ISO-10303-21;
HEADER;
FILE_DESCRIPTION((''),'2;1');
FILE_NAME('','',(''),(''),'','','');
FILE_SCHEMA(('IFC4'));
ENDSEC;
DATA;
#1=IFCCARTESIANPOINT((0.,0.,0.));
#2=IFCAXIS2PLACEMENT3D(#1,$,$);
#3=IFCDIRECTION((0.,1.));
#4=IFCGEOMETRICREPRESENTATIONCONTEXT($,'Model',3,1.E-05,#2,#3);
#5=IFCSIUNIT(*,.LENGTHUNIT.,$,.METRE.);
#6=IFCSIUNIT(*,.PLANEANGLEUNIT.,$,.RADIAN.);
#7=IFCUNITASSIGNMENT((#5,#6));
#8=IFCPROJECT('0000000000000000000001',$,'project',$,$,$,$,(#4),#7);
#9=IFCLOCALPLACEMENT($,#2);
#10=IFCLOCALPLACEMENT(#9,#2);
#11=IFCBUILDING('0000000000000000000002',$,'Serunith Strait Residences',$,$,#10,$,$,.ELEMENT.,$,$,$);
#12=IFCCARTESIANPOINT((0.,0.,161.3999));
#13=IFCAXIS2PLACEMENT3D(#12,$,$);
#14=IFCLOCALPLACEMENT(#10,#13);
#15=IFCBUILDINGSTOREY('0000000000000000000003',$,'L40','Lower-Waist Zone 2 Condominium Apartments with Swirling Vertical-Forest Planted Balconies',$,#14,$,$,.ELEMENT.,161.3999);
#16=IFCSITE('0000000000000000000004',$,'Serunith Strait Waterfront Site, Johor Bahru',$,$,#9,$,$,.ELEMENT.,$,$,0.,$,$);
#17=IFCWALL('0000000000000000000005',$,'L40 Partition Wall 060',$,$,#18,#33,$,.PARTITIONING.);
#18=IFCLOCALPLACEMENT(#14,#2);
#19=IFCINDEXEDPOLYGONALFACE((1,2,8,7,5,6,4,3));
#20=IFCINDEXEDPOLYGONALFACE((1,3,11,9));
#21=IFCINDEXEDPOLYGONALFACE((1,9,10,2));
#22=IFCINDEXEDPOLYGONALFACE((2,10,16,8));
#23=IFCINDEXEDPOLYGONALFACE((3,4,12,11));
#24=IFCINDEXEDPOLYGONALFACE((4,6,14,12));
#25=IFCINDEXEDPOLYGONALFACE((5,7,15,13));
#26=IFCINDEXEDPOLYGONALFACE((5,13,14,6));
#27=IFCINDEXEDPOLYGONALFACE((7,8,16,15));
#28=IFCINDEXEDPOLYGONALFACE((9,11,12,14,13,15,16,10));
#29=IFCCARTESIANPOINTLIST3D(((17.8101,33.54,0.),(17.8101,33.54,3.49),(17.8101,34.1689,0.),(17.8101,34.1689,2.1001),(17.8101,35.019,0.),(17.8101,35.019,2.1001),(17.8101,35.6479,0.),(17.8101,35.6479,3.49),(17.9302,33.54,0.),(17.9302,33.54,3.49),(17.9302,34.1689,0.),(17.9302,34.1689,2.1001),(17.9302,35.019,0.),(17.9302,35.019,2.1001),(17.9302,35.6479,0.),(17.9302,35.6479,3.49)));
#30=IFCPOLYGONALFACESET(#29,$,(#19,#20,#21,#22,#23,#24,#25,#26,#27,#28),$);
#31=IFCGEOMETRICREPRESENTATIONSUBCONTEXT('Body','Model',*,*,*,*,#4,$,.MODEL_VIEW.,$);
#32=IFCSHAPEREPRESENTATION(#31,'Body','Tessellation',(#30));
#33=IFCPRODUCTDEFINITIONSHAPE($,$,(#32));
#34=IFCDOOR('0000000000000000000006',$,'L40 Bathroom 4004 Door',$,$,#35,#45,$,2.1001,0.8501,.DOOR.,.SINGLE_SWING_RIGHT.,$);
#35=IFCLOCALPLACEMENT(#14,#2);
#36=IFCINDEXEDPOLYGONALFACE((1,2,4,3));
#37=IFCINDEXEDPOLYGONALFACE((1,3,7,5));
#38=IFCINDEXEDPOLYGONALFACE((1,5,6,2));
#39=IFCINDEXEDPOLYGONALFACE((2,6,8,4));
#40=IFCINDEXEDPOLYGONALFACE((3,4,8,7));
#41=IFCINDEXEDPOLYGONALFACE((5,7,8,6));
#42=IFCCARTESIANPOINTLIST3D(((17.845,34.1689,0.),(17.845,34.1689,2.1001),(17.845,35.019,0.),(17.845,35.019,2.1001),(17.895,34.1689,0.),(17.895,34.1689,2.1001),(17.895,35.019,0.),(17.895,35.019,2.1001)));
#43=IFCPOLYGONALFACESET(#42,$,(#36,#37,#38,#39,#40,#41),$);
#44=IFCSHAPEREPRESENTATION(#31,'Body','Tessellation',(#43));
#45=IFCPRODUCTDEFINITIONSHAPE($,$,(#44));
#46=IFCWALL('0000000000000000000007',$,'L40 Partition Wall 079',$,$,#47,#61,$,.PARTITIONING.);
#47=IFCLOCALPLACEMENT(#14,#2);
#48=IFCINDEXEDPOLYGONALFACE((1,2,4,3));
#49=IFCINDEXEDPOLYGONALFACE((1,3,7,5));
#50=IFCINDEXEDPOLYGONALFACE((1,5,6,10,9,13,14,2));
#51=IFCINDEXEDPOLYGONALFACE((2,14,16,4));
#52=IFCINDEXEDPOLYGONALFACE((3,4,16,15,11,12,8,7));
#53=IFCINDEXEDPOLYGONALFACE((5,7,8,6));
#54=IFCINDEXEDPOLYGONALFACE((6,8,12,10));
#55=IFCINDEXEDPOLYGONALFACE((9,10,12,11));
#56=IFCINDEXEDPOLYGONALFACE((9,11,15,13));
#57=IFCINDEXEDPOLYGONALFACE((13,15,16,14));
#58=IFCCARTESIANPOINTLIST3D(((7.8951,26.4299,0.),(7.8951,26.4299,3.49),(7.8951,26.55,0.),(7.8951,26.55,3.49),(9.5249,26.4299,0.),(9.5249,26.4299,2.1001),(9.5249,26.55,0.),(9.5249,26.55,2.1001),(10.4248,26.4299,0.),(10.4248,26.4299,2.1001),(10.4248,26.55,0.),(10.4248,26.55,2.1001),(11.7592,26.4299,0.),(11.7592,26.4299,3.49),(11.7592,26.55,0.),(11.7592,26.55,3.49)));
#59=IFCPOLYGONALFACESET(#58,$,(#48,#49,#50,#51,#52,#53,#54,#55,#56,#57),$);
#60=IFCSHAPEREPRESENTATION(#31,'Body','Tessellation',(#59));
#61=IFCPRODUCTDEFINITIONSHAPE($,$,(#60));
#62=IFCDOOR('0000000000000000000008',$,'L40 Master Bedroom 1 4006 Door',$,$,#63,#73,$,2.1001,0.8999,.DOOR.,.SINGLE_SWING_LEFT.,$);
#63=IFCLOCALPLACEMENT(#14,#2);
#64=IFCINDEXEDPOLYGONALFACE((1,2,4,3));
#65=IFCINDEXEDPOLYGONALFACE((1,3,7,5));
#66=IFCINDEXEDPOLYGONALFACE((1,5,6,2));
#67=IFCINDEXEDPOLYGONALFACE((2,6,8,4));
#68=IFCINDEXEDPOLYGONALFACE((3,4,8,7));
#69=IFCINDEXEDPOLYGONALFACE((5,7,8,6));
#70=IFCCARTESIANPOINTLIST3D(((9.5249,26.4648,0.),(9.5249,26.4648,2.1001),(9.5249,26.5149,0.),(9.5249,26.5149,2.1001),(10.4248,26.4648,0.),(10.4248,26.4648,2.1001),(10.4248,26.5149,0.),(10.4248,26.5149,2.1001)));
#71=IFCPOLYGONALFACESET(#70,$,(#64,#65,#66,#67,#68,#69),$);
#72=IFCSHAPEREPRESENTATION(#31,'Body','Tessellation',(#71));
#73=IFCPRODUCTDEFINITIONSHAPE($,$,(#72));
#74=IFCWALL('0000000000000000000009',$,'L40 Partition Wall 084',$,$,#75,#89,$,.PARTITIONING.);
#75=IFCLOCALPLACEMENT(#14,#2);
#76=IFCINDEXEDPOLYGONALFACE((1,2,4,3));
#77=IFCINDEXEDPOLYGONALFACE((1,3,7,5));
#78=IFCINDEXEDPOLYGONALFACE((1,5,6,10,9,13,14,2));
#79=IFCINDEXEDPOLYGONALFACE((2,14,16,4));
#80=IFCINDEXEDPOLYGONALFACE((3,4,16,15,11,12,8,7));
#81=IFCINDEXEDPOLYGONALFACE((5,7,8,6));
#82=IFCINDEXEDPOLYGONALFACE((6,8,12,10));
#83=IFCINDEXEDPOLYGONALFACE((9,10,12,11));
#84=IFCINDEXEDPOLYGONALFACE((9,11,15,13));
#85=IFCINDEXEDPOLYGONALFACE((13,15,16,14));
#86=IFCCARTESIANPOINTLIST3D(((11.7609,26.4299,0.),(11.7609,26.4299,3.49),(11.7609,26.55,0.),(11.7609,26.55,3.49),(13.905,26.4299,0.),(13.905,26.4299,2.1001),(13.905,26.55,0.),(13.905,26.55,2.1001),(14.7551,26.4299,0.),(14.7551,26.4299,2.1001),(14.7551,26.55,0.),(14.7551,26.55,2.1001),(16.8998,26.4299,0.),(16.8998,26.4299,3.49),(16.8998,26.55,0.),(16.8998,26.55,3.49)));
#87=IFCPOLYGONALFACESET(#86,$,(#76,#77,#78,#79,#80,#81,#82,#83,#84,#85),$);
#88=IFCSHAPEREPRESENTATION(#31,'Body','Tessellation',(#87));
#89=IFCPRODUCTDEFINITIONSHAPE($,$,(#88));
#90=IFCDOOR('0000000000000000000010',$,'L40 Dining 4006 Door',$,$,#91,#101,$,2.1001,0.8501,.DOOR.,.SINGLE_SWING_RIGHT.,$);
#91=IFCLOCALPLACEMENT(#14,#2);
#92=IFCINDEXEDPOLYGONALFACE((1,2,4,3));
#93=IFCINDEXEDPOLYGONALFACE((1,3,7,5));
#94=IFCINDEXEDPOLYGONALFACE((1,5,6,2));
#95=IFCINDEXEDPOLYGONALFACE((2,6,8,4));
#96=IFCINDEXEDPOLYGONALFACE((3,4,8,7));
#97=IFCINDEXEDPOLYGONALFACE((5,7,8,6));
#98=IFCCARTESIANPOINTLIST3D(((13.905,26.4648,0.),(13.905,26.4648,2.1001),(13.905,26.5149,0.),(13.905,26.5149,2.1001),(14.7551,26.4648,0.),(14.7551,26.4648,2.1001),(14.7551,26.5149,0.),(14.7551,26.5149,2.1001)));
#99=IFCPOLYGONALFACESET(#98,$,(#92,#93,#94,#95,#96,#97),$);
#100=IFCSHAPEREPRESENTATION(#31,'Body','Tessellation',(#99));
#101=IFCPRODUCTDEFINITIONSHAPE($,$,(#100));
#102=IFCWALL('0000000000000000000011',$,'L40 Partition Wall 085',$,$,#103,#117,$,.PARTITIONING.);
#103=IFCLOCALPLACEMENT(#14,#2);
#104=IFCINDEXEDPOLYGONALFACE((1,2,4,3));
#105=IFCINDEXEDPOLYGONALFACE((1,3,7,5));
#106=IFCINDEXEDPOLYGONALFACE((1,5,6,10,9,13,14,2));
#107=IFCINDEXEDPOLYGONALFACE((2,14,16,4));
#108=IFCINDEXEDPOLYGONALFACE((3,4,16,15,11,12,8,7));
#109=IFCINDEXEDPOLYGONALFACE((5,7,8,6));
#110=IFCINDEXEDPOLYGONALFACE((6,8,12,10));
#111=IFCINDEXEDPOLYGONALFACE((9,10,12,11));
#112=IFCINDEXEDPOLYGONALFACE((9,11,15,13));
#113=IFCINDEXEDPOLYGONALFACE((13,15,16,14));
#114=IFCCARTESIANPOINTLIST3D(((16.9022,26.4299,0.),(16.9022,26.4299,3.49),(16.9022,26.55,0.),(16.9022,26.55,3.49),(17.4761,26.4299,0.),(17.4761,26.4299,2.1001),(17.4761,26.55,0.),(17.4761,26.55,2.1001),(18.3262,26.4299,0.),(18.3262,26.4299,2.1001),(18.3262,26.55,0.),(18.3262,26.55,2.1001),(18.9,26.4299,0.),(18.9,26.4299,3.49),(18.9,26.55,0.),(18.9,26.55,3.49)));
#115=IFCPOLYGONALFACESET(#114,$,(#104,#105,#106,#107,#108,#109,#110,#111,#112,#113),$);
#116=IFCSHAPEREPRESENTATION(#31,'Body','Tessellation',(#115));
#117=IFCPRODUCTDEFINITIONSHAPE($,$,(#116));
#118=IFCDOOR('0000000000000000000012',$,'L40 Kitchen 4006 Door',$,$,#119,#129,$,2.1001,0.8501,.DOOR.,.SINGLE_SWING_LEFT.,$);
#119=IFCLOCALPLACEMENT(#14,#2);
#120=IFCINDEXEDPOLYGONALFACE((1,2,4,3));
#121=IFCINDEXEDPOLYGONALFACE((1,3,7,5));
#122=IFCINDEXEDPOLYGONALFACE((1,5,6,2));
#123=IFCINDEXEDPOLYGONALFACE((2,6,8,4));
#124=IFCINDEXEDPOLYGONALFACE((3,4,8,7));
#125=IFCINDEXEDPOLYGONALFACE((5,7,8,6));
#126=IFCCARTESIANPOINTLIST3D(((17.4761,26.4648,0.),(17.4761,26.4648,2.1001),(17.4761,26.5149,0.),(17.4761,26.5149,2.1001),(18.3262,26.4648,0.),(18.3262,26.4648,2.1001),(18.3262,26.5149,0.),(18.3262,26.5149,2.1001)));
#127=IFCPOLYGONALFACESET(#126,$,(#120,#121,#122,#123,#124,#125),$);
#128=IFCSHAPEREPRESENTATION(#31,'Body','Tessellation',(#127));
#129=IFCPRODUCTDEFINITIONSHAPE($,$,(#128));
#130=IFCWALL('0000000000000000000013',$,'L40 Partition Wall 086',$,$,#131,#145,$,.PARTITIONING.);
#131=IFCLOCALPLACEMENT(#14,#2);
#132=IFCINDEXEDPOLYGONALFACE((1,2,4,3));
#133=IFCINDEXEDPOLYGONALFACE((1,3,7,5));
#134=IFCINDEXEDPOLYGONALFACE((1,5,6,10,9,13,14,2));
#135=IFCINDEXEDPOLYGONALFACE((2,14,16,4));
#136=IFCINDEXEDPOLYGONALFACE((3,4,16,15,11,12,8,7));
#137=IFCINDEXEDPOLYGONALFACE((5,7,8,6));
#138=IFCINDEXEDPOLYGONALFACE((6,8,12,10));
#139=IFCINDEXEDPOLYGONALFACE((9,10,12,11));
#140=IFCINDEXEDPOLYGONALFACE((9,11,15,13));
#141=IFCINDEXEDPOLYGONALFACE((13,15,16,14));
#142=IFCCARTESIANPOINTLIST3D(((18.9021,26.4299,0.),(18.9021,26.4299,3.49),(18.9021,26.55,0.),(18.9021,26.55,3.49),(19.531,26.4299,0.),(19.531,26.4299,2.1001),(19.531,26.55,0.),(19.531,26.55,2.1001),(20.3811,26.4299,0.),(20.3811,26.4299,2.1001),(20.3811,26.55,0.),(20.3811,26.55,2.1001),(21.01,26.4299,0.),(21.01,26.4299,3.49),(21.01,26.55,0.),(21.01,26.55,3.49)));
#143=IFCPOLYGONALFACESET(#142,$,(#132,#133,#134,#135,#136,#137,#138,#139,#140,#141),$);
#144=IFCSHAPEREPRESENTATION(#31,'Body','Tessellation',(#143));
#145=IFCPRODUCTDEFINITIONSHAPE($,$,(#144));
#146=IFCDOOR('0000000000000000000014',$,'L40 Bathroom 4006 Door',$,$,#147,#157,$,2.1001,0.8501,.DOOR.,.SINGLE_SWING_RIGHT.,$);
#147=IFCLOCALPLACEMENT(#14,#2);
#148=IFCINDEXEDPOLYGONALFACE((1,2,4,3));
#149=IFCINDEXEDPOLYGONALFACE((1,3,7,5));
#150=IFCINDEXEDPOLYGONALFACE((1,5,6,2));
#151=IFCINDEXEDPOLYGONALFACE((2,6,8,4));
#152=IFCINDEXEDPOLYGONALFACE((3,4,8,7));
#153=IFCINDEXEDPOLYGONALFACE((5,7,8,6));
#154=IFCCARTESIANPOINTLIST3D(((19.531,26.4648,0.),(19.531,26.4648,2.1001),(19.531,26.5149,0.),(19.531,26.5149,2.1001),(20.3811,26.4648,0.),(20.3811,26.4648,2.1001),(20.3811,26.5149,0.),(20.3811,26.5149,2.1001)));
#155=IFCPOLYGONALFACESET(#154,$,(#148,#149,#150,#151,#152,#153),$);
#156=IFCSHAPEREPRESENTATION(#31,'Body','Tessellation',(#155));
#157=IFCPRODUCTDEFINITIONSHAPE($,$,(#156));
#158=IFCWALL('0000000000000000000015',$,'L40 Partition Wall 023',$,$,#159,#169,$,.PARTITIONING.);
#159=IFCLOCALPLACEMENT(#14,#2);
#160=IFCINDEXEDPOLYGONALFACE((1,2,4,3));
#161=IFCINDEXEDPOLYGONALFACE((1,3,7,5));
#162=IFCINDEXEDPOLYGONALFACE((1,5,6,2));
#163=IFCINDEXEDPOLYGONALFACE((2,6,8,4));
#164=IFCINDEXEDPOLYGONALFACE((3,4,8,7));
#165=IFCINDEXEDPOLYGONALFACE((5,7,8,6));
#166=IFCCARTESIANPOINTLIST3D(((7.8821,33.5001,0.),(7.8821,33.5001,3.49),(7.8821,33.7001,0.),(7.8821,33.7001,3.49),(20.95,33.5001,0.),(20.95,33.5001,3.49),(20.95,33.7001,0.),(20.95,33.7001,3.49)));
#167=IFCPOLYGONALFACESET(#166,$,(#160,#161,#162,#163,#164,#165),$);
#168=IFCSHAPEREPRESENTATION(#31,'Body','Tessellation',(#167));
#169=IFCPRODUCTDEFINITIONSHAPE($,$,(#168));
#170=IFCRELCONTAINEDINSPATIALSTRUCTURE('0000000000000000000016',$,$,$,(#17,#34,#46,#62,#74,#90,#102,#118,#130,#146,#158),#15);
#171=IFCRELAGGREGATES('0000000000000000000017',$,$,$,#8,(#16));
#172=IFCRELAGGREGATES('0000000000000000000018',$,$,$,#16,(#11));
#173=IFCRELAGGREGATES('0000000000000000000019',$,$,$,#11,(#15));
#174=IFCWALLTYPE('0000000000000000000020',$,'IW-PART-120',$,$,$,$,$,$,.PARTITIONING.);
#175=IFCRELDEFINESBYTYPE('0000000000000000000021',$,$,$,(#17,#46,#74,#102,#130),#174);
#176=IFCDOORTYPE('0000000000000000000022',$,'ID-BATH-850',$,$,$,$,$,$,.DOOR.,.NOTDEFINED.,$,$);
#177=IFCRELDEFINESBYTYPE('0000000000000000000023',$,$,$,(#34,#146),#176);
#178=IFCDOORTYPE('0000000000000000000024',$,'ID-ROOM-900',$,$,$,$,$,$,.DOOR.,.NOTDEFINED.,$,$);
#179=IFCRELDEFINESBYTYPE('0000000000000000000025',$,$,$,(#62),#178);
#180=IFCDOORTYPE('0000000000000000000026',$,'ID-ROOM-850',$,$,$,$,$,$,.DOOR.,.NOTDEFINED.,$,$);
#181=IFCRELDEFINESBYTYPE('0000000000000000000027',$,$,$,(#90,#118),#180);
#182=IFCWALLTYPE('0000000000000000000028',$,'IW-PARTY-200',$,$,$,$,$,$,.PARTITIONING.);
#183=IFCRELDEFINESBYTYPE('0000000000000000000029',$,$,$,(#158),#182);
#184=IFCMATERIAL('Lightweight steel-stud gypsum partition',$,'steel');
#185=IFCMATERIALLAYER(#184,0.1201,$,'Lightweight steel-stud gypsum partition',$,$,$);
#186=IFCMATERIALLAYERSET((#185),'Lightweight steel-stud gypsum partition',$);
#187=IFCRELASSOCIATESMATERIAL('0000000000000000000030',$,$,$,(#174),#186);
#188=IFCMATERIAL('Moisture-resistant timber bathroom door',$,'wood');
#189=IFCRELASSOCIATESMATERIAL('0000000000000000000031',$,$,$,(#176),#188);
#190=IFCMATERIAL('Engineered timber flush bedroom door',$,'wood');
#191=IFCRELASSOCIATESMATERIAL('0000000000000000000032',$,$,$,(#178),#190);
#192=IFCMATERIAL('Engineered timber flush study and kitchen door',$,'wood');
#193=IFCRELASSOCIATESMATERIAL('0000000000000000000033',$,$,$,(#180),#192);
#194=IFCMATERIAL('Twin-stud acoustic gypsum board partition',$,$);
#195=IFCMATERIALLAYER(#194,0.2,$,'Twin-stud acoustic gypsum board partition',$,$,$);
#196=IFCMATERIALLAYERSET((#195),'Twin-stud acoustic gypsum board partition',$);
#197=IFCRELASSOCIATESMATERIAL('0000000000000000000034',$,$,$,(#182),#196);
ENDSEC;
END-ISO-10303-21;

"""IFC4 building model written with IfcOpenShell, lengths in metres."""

from ifc_helpers import new_model, si_unit, direction, frame, frame_2d, origin, place, context, subcontext, project, spatial, rectangle, extrude, source, transform, mapped, material, layer, layer_set, type_object, element, fill, save


model = new_model("IFC4")

# Units and contexts
model_context = context("Model", 3, precision=1e-05, world=origin(), true_north=direction((0.0, 1.0)))
body_context = subcontext(model_context, "Body", "Model", "MODEL_VIEW")
ifc_project = project(units=[si_unit("LENGTHUNIT", "METRE"), si_unit("PLANEANGLEUNIT", "RADIAN")], contexts=[model_context])

# Site, building, storey
site_placement = place(None, origin())
site = spatial("IfcSite", under=ifc_project, at=site_placement, Name="Serunith Strait Waterfront Site, Johor Bahru", CompositionType="ELEMENT", RefElevation=0.0)
building_placement = place(site_placement, origin())
building = spatial("IfcBuilding", under=site, at=building_placement, Name="Serunith Strait Residences", CompositionType="ELEMENT")
storey_placement = place(building_placement, frame((0.0, 0.0, 161.3999)))
storey = spatial("IfcBuildingStorey", under=building, at=storey_placement, Name="L40", Description="Lower-Waist Zone 2 Condominium Apartments with Swirling Vertical-Forest Planted Balconies", CompositionType="ELEMENT", Elevation=161.3999)

# Walls, openings, doors
ifc_material_1 = material(Name="Lightweight steel-stud gypsum partition", Category="steel")
ifc_layer_1 = layer(ifc_material_1, 0.1201, Name="Lightweight steel-stud gypsum partition")
ifc_layer_set_1 = layer_set([ifc_layer_1], Name="Lightweight steel-stud gypsum partition")
wall_type_1 = type_object("IfcWallType", Name="IW-PART-120", PredefinedType="PARTITIONING", material=ifc_layer_set_1)
wall_1_placement = place(storey_placement, frame((17.8701, 35.6479, 0.0), z_axis=(0.0, 0.0, 1.0), x_axis=(0.0, -1.0, 0.0)))
wall_1 = element("IfcWall", 1, at=wall_1_placement, inside=storey, type_object=wall_type_1, Name="L40 Partition Wall 060", PredefinedType="PARTITIONING", context=body_context, shape_type="SweptSolid", body=[
    extrude(rectangle(XDim=2.1079, YDim=0.1201, at=frame_2d((1.054, 0.0))), origin(), (0.0, 0.0, 1.0), 3.49),
])
opening_1_placement = place(wall_1_placement, frame((0.6289, 0.0, 0.0)))
opening_1 = element("IfcOpeningElement", 2, at=opening_1_placement, cuts=wall_1, PredefinedType="OPENING", context=body_context, shape_type="SweptSolid", body=[
    extrude(rectangle(XDim=0.8501, YDim=2.1001, at=frame_2d((0.425, 1.05))), frame((0.0, 0.0701, 0.0), z_axis=(0.0, -1.0, 0.0), x_axis=(1.0, 0.0, 0.0)), (0.0, 0.0, 1.0), 0.1401),
])
ifc_material_2 = material(Name="Moisture-resistant timber bathroom door", Category="wood")
door_type_1 = type_object("IfcDoorType", Name="ID-BATH-850", OperationType="NOTDEFINED", PredefinedType="DOOR", material=ifc_material_2)
shared_shape_1 = source(origin(), body_context, "Body", "SweptSolid", [
    extrude(rectangle(XDim=0.8501, YDim=2.1001, at=frame_2d((0.425, 1.05))), frame((0.0, 0.0249, 0.0), z_axis=(0.0, -1.0, 0.0), x_axis=(1.0, 0.0, 0.0)), (0.0, 0.0, 1.0), 0.05),
])
door_1_placement = place(opening_1_placement, origin())
door_1 = element("IfcDoor", 3, at=door_1_placement, inside=storey, type_object=door_type_1, Name="L40 Bathroom 4004 Door", OperationType="SINGLE_SWING_RIGHT", OverallHeight=2.1001, OverallWidth=0.8501, PredefinedType="DOOR", context=body_context, shape_type="MappedRepresentation", body=[
    mapped(shared_shape_1, transform((0.0, 0.0, 0.0), scale=1.0)),
])
fill(opening_1, door_1)
wall_2_placement = place(storey_placement, frame((7.895, 26.49, 0.0), z_axis=(0.0, 0.0, 1.0), x_axis=(1.0, 0.0, 0.0)))
wall_2 = element("IfcWall", 4, at=wall_2_placement, inside=storey, type_object=wall_type_1, Name="L40 Partition Wall 079", PredefinedType="PARTITIONING", context=body_context, shape_type="SweptSolid", body=[
    extrude(rectangle(XDim=3.864, YDim=0.1201, at=frame_2d((1.9321, 0.0))), origin(), (0.0, 0.0, 1.0), 3.49),
])
opening_2_placement = place(wall_2_placement, frame((1.6299, 0.0, 0.0)))
opening_2 = element("IfcOpeningElement", 5, at=opening_2_placement, cuts=wall_2, PredefinedType="OPENING", context=body_context, shape_type="SweptSolid", body=[
    extrude(rectangle(XDim=0.8999, YDim=2.1001, at=frame_2d((0.45, 1.05))), frame((0.0, 0.0701, 0.0), z_axis=(0.0, -1.0, 0.0), x_axis=(1.0, 0.0, 0.0)), (0.0, 0.0, 1.0), 0.1401),
])
ifc_material_3 = material(Name="Engineered timber flush bedroom door", Category="wood")
door_type_2 = type_object("IfcDoorType", Name="ID-ROOM-900", OperationType="NOTDEFINED", PredefinedType="DOOR", material=ifc_material_3)
shared_shape_2 = source(origin(), body_context, "Body", "SweptSolid", [
    extrude(rectangle(XDim=0.8999, YDim=2.1001, at=frame_2d((0.45, 1.05))), frame((0.0, 0.0249, 0.0), z_axis=(0.0, -1.0, 0.0), x_axis=(1.0, 0.0, 0.0)), (0.0, 0.0, 1.0), 0.05),
])
door_2_placement = place(opening_2_placement, origin())
door_2 = element("IfcDoor", 6, at=door_2_placement, inside=storey, type_object=door_type_2, Name="L40 Master Bedroom 1 4006 Door", OperationType="SINGLE_SWING_LEFT", OverallHeight=2.1001, OverallWidth=0.8999, PredefinedType="DOOR", context=body_context, shape_type="MappedRepresentation", body=[
    mapped(shared_shape_2, transform((0.0, 0.0, 0.0), scale=1.0)),
])
fill(opening_2, door_2)
wall_3_placement = place(storey_placement, frame((11.761, 26.49, 0.0), z_axis=(0.0, 0.0, 1.0), x_axis=(1.0, 0.0, 0.0)))
wall_3 = element("IfcWall", 7, at=wall_3_placement, inside=storey, type_object=wall_type_1, Name="L40 Partition Wall 084", PredefinedType="PARTITIONING", context=body_context, shape_type="SweptSolid", body=[
    extrude(rectangle(XDim=5.1389, YDim=0.1201, at=frame_2d((2.5693, 0.0))), origin(), (0.0, 0.0, 1.0), 3.49),
])
opening_3_placement = place(wall_3_placement, frame((2.144, 0.0, 0.0)))
opening_3 = element("IfcOpeningElement", 8, at=opening_3_placement, cuts=wall_3, PredefinedType="OPENING", context=body_context, shape_type="SweptSolid", body=[
    extrude(rectangle(XDim=0.8501, YDim=2.1001, at=frame_2d((0.425, 1.05))), frame((0.0, 0.0701, 0.0), z_axis=(0.0, -1.0, 0.0), x_axis=(1.0, 0.0, 0.0)), (0.0, 0.0, 1.0), 0.1401),
])
ifc_material_4 = material(Name="Engineered timber flush study and kitchen door", Category="wood")
door_type_3 = type_object("IfcDoorType", Name="ID-ROOM-850", OperationType="NOTDEFINED", PredefinedType="DOOR", material=ifc_material_4)
door_3_placement = place(opening_3_placement, origin())
door_3 = element("IfcDoor", 9, at=door_3_placement, inside=storey, type_object=door_type_3, Name="L40 Dining 4006 Door", OperationType="SINGLE_SWING_RIGHT", OverallHeight=2.1001, OverallWidth=0.8501, PredefinedType="DOOR", context=body_context, shape_type="MappedRepresentation", body=[
    mapped(shared_shape_1, transform((0.0, 0.0, 0.0), scale=1.0)),
])
fill(opening_3, door_3)
wall_4_placement = place(storey_placement, frame((16.9021, 26.49, 0.0), z_axis=(0.0, 0.0, 1.0), x_axis=(1.0, 0.0, 0.0)))
wall_4 = element("IfcWall", 10, at=wall_4_placement, inside=storey, type_object=wall_type_1, Name="L40 Partition Wall 085", PredefinedType="PARTITIONING", context=body_context, shape_type="SweptSolid", body=[
    extrude(rectangle(XDim=1.9978, YDim=0.1201, at=frame_2d((0.999, 0.0))), origin(), (0.0, 0.0, 1.0), 3.49),
])
opening_4_placement = place(wall_4_placement, frame((0.574, 0.0, 0.0)))
opening_4 = element("IfcOpeningElement", 11, at=opening_4_placement, cuts=wall_4, PredefinedType="OPENING", context=body_context, shape_type="SweptSolid", body=[
    extrude(rectangle(XDim=0.8501, YDim=2.1001, at=frame_2d((0.425, 1.05))), frame((0.0, 0.0701, 0.0), z_axis=(0.0, -1.0, 0.0), x_axis=(1.0, 0.0, 0.0)), (0.0, 0.0, 1.0), 0.1401),
])
door_4_placement = place(opening_4_placement, origin())
door_4 = element("IfcDoor", 12, at=door_4_placement, inside=storey, type_object=door_type_3, Name="L40 Kitchen 4006 Door", OperationType="SINGLE_SWING_LEFT", OverallHeight=2.1001, OverallWidth=0.8501, PredefinedType="DOOR", context=body_context, shape_type="MappedRepresentation", body=[
    mapped(shared_shape_1, transform((0.0, 0.0, 0.0), scale=1.0)),
])
fill(opening_4, door_4)
wall_5_placement = place(storey_placement, frame((18.9021, 26.49, 0.0), z_axis=(0.0, 0.0, 1.0), x_axis=(1.0, 0.0, 0.0)))
wall_5 = element("IfcWall", 13, at=wall_5_placement, inside=storey, type_object=wall_type_1, Name="L40 Partition Wall 086", PredefinedType="PARTITIONING", context=body_context, shape_type="SweptSolid", body=[
    extrude(rectangle(XDim=2.1079, YDim=0.1201, at=frame_2d((1.054, 0.0))), origin(), (0.0, 0.0, 1.0), 3.49),
])
opening_5_placement = place(wall_5_placement, frame((0.6289, 0.0, 0.0)))
opening_5 = element("IfcOpeningElement", 14, at=opening_5_placement, cuts=wall_5, PredefinedType="OPENING", context=body_context, shape_type="SweptSolid", body=[
    extrude(rectangle(XDim=0.8501, YDim=2.1001, at=frame_2d((0.425, 1.05))), frame((0.0, 0.0701, 0.0), z_axis=(0.0, -1.0, 0.0), x_axis=(1.0, 0.0, 0.0)), (0.0, 0.0, 1.0), 0.1401),
])
door_5_placement = place(opening_5_placement, origin())
door_5 = element("IfcDoor", 15, at=door_5_placement, inside=storey, type_object=door_type_1, Name="L40 Bathroom 4006 Door", OperationType="SINGLE_SWING_RIGHT", OverallHeight=2.1001, OverallWidth=0.8501, PredefinedType="DOOR", context=body_context, shape_type="MappedRepresentation", body=[
    mapped(shared_shape_1, transform((0.0, 0.0, 0.0), scale=1.0)),
])
fill(opening_5, door_5)

# Wall
ifc_material_5 = material(Name="Twin-stud acoustic gypsum board partition")
ifc_layer_2 = layer(ifc_material_5, 0.2, Name="Twin-stud acoustic gypsum board partition")
ifc_layer_set_2 = layer_set([ifc_layer_2], Name="Twin-stud acoustic gypsum board partition")
wall_type_2 = type_object("IfcWallType", Name="IW-PARTY-200", PredefinedType="PARTITIONING", material=ifc_layer_set_2)
wall_6_placement = place(storey_placement, frame((7.8821, 33.6001, 0.0), z_axis=(0.0, 0.0, 1.0), x_axis=(1.0, 0.0, 0.0)))
element("IfcWall", 16, at=wall_6_placement, inside=storey, type_object=wall_type_2, Name="L40 Partition Wall 023", PredefinedType="PARTITIONING", context=body_context, shape_type="SweptSolid", body=[
    extrude(rectangle(XDim=13.0679, YDim=0.2, at=frame_2d((6.5339, 0.0))), origin(), (0.0, 0.0, 1.0), 3.49),
])

save(model, "model.ifc")
